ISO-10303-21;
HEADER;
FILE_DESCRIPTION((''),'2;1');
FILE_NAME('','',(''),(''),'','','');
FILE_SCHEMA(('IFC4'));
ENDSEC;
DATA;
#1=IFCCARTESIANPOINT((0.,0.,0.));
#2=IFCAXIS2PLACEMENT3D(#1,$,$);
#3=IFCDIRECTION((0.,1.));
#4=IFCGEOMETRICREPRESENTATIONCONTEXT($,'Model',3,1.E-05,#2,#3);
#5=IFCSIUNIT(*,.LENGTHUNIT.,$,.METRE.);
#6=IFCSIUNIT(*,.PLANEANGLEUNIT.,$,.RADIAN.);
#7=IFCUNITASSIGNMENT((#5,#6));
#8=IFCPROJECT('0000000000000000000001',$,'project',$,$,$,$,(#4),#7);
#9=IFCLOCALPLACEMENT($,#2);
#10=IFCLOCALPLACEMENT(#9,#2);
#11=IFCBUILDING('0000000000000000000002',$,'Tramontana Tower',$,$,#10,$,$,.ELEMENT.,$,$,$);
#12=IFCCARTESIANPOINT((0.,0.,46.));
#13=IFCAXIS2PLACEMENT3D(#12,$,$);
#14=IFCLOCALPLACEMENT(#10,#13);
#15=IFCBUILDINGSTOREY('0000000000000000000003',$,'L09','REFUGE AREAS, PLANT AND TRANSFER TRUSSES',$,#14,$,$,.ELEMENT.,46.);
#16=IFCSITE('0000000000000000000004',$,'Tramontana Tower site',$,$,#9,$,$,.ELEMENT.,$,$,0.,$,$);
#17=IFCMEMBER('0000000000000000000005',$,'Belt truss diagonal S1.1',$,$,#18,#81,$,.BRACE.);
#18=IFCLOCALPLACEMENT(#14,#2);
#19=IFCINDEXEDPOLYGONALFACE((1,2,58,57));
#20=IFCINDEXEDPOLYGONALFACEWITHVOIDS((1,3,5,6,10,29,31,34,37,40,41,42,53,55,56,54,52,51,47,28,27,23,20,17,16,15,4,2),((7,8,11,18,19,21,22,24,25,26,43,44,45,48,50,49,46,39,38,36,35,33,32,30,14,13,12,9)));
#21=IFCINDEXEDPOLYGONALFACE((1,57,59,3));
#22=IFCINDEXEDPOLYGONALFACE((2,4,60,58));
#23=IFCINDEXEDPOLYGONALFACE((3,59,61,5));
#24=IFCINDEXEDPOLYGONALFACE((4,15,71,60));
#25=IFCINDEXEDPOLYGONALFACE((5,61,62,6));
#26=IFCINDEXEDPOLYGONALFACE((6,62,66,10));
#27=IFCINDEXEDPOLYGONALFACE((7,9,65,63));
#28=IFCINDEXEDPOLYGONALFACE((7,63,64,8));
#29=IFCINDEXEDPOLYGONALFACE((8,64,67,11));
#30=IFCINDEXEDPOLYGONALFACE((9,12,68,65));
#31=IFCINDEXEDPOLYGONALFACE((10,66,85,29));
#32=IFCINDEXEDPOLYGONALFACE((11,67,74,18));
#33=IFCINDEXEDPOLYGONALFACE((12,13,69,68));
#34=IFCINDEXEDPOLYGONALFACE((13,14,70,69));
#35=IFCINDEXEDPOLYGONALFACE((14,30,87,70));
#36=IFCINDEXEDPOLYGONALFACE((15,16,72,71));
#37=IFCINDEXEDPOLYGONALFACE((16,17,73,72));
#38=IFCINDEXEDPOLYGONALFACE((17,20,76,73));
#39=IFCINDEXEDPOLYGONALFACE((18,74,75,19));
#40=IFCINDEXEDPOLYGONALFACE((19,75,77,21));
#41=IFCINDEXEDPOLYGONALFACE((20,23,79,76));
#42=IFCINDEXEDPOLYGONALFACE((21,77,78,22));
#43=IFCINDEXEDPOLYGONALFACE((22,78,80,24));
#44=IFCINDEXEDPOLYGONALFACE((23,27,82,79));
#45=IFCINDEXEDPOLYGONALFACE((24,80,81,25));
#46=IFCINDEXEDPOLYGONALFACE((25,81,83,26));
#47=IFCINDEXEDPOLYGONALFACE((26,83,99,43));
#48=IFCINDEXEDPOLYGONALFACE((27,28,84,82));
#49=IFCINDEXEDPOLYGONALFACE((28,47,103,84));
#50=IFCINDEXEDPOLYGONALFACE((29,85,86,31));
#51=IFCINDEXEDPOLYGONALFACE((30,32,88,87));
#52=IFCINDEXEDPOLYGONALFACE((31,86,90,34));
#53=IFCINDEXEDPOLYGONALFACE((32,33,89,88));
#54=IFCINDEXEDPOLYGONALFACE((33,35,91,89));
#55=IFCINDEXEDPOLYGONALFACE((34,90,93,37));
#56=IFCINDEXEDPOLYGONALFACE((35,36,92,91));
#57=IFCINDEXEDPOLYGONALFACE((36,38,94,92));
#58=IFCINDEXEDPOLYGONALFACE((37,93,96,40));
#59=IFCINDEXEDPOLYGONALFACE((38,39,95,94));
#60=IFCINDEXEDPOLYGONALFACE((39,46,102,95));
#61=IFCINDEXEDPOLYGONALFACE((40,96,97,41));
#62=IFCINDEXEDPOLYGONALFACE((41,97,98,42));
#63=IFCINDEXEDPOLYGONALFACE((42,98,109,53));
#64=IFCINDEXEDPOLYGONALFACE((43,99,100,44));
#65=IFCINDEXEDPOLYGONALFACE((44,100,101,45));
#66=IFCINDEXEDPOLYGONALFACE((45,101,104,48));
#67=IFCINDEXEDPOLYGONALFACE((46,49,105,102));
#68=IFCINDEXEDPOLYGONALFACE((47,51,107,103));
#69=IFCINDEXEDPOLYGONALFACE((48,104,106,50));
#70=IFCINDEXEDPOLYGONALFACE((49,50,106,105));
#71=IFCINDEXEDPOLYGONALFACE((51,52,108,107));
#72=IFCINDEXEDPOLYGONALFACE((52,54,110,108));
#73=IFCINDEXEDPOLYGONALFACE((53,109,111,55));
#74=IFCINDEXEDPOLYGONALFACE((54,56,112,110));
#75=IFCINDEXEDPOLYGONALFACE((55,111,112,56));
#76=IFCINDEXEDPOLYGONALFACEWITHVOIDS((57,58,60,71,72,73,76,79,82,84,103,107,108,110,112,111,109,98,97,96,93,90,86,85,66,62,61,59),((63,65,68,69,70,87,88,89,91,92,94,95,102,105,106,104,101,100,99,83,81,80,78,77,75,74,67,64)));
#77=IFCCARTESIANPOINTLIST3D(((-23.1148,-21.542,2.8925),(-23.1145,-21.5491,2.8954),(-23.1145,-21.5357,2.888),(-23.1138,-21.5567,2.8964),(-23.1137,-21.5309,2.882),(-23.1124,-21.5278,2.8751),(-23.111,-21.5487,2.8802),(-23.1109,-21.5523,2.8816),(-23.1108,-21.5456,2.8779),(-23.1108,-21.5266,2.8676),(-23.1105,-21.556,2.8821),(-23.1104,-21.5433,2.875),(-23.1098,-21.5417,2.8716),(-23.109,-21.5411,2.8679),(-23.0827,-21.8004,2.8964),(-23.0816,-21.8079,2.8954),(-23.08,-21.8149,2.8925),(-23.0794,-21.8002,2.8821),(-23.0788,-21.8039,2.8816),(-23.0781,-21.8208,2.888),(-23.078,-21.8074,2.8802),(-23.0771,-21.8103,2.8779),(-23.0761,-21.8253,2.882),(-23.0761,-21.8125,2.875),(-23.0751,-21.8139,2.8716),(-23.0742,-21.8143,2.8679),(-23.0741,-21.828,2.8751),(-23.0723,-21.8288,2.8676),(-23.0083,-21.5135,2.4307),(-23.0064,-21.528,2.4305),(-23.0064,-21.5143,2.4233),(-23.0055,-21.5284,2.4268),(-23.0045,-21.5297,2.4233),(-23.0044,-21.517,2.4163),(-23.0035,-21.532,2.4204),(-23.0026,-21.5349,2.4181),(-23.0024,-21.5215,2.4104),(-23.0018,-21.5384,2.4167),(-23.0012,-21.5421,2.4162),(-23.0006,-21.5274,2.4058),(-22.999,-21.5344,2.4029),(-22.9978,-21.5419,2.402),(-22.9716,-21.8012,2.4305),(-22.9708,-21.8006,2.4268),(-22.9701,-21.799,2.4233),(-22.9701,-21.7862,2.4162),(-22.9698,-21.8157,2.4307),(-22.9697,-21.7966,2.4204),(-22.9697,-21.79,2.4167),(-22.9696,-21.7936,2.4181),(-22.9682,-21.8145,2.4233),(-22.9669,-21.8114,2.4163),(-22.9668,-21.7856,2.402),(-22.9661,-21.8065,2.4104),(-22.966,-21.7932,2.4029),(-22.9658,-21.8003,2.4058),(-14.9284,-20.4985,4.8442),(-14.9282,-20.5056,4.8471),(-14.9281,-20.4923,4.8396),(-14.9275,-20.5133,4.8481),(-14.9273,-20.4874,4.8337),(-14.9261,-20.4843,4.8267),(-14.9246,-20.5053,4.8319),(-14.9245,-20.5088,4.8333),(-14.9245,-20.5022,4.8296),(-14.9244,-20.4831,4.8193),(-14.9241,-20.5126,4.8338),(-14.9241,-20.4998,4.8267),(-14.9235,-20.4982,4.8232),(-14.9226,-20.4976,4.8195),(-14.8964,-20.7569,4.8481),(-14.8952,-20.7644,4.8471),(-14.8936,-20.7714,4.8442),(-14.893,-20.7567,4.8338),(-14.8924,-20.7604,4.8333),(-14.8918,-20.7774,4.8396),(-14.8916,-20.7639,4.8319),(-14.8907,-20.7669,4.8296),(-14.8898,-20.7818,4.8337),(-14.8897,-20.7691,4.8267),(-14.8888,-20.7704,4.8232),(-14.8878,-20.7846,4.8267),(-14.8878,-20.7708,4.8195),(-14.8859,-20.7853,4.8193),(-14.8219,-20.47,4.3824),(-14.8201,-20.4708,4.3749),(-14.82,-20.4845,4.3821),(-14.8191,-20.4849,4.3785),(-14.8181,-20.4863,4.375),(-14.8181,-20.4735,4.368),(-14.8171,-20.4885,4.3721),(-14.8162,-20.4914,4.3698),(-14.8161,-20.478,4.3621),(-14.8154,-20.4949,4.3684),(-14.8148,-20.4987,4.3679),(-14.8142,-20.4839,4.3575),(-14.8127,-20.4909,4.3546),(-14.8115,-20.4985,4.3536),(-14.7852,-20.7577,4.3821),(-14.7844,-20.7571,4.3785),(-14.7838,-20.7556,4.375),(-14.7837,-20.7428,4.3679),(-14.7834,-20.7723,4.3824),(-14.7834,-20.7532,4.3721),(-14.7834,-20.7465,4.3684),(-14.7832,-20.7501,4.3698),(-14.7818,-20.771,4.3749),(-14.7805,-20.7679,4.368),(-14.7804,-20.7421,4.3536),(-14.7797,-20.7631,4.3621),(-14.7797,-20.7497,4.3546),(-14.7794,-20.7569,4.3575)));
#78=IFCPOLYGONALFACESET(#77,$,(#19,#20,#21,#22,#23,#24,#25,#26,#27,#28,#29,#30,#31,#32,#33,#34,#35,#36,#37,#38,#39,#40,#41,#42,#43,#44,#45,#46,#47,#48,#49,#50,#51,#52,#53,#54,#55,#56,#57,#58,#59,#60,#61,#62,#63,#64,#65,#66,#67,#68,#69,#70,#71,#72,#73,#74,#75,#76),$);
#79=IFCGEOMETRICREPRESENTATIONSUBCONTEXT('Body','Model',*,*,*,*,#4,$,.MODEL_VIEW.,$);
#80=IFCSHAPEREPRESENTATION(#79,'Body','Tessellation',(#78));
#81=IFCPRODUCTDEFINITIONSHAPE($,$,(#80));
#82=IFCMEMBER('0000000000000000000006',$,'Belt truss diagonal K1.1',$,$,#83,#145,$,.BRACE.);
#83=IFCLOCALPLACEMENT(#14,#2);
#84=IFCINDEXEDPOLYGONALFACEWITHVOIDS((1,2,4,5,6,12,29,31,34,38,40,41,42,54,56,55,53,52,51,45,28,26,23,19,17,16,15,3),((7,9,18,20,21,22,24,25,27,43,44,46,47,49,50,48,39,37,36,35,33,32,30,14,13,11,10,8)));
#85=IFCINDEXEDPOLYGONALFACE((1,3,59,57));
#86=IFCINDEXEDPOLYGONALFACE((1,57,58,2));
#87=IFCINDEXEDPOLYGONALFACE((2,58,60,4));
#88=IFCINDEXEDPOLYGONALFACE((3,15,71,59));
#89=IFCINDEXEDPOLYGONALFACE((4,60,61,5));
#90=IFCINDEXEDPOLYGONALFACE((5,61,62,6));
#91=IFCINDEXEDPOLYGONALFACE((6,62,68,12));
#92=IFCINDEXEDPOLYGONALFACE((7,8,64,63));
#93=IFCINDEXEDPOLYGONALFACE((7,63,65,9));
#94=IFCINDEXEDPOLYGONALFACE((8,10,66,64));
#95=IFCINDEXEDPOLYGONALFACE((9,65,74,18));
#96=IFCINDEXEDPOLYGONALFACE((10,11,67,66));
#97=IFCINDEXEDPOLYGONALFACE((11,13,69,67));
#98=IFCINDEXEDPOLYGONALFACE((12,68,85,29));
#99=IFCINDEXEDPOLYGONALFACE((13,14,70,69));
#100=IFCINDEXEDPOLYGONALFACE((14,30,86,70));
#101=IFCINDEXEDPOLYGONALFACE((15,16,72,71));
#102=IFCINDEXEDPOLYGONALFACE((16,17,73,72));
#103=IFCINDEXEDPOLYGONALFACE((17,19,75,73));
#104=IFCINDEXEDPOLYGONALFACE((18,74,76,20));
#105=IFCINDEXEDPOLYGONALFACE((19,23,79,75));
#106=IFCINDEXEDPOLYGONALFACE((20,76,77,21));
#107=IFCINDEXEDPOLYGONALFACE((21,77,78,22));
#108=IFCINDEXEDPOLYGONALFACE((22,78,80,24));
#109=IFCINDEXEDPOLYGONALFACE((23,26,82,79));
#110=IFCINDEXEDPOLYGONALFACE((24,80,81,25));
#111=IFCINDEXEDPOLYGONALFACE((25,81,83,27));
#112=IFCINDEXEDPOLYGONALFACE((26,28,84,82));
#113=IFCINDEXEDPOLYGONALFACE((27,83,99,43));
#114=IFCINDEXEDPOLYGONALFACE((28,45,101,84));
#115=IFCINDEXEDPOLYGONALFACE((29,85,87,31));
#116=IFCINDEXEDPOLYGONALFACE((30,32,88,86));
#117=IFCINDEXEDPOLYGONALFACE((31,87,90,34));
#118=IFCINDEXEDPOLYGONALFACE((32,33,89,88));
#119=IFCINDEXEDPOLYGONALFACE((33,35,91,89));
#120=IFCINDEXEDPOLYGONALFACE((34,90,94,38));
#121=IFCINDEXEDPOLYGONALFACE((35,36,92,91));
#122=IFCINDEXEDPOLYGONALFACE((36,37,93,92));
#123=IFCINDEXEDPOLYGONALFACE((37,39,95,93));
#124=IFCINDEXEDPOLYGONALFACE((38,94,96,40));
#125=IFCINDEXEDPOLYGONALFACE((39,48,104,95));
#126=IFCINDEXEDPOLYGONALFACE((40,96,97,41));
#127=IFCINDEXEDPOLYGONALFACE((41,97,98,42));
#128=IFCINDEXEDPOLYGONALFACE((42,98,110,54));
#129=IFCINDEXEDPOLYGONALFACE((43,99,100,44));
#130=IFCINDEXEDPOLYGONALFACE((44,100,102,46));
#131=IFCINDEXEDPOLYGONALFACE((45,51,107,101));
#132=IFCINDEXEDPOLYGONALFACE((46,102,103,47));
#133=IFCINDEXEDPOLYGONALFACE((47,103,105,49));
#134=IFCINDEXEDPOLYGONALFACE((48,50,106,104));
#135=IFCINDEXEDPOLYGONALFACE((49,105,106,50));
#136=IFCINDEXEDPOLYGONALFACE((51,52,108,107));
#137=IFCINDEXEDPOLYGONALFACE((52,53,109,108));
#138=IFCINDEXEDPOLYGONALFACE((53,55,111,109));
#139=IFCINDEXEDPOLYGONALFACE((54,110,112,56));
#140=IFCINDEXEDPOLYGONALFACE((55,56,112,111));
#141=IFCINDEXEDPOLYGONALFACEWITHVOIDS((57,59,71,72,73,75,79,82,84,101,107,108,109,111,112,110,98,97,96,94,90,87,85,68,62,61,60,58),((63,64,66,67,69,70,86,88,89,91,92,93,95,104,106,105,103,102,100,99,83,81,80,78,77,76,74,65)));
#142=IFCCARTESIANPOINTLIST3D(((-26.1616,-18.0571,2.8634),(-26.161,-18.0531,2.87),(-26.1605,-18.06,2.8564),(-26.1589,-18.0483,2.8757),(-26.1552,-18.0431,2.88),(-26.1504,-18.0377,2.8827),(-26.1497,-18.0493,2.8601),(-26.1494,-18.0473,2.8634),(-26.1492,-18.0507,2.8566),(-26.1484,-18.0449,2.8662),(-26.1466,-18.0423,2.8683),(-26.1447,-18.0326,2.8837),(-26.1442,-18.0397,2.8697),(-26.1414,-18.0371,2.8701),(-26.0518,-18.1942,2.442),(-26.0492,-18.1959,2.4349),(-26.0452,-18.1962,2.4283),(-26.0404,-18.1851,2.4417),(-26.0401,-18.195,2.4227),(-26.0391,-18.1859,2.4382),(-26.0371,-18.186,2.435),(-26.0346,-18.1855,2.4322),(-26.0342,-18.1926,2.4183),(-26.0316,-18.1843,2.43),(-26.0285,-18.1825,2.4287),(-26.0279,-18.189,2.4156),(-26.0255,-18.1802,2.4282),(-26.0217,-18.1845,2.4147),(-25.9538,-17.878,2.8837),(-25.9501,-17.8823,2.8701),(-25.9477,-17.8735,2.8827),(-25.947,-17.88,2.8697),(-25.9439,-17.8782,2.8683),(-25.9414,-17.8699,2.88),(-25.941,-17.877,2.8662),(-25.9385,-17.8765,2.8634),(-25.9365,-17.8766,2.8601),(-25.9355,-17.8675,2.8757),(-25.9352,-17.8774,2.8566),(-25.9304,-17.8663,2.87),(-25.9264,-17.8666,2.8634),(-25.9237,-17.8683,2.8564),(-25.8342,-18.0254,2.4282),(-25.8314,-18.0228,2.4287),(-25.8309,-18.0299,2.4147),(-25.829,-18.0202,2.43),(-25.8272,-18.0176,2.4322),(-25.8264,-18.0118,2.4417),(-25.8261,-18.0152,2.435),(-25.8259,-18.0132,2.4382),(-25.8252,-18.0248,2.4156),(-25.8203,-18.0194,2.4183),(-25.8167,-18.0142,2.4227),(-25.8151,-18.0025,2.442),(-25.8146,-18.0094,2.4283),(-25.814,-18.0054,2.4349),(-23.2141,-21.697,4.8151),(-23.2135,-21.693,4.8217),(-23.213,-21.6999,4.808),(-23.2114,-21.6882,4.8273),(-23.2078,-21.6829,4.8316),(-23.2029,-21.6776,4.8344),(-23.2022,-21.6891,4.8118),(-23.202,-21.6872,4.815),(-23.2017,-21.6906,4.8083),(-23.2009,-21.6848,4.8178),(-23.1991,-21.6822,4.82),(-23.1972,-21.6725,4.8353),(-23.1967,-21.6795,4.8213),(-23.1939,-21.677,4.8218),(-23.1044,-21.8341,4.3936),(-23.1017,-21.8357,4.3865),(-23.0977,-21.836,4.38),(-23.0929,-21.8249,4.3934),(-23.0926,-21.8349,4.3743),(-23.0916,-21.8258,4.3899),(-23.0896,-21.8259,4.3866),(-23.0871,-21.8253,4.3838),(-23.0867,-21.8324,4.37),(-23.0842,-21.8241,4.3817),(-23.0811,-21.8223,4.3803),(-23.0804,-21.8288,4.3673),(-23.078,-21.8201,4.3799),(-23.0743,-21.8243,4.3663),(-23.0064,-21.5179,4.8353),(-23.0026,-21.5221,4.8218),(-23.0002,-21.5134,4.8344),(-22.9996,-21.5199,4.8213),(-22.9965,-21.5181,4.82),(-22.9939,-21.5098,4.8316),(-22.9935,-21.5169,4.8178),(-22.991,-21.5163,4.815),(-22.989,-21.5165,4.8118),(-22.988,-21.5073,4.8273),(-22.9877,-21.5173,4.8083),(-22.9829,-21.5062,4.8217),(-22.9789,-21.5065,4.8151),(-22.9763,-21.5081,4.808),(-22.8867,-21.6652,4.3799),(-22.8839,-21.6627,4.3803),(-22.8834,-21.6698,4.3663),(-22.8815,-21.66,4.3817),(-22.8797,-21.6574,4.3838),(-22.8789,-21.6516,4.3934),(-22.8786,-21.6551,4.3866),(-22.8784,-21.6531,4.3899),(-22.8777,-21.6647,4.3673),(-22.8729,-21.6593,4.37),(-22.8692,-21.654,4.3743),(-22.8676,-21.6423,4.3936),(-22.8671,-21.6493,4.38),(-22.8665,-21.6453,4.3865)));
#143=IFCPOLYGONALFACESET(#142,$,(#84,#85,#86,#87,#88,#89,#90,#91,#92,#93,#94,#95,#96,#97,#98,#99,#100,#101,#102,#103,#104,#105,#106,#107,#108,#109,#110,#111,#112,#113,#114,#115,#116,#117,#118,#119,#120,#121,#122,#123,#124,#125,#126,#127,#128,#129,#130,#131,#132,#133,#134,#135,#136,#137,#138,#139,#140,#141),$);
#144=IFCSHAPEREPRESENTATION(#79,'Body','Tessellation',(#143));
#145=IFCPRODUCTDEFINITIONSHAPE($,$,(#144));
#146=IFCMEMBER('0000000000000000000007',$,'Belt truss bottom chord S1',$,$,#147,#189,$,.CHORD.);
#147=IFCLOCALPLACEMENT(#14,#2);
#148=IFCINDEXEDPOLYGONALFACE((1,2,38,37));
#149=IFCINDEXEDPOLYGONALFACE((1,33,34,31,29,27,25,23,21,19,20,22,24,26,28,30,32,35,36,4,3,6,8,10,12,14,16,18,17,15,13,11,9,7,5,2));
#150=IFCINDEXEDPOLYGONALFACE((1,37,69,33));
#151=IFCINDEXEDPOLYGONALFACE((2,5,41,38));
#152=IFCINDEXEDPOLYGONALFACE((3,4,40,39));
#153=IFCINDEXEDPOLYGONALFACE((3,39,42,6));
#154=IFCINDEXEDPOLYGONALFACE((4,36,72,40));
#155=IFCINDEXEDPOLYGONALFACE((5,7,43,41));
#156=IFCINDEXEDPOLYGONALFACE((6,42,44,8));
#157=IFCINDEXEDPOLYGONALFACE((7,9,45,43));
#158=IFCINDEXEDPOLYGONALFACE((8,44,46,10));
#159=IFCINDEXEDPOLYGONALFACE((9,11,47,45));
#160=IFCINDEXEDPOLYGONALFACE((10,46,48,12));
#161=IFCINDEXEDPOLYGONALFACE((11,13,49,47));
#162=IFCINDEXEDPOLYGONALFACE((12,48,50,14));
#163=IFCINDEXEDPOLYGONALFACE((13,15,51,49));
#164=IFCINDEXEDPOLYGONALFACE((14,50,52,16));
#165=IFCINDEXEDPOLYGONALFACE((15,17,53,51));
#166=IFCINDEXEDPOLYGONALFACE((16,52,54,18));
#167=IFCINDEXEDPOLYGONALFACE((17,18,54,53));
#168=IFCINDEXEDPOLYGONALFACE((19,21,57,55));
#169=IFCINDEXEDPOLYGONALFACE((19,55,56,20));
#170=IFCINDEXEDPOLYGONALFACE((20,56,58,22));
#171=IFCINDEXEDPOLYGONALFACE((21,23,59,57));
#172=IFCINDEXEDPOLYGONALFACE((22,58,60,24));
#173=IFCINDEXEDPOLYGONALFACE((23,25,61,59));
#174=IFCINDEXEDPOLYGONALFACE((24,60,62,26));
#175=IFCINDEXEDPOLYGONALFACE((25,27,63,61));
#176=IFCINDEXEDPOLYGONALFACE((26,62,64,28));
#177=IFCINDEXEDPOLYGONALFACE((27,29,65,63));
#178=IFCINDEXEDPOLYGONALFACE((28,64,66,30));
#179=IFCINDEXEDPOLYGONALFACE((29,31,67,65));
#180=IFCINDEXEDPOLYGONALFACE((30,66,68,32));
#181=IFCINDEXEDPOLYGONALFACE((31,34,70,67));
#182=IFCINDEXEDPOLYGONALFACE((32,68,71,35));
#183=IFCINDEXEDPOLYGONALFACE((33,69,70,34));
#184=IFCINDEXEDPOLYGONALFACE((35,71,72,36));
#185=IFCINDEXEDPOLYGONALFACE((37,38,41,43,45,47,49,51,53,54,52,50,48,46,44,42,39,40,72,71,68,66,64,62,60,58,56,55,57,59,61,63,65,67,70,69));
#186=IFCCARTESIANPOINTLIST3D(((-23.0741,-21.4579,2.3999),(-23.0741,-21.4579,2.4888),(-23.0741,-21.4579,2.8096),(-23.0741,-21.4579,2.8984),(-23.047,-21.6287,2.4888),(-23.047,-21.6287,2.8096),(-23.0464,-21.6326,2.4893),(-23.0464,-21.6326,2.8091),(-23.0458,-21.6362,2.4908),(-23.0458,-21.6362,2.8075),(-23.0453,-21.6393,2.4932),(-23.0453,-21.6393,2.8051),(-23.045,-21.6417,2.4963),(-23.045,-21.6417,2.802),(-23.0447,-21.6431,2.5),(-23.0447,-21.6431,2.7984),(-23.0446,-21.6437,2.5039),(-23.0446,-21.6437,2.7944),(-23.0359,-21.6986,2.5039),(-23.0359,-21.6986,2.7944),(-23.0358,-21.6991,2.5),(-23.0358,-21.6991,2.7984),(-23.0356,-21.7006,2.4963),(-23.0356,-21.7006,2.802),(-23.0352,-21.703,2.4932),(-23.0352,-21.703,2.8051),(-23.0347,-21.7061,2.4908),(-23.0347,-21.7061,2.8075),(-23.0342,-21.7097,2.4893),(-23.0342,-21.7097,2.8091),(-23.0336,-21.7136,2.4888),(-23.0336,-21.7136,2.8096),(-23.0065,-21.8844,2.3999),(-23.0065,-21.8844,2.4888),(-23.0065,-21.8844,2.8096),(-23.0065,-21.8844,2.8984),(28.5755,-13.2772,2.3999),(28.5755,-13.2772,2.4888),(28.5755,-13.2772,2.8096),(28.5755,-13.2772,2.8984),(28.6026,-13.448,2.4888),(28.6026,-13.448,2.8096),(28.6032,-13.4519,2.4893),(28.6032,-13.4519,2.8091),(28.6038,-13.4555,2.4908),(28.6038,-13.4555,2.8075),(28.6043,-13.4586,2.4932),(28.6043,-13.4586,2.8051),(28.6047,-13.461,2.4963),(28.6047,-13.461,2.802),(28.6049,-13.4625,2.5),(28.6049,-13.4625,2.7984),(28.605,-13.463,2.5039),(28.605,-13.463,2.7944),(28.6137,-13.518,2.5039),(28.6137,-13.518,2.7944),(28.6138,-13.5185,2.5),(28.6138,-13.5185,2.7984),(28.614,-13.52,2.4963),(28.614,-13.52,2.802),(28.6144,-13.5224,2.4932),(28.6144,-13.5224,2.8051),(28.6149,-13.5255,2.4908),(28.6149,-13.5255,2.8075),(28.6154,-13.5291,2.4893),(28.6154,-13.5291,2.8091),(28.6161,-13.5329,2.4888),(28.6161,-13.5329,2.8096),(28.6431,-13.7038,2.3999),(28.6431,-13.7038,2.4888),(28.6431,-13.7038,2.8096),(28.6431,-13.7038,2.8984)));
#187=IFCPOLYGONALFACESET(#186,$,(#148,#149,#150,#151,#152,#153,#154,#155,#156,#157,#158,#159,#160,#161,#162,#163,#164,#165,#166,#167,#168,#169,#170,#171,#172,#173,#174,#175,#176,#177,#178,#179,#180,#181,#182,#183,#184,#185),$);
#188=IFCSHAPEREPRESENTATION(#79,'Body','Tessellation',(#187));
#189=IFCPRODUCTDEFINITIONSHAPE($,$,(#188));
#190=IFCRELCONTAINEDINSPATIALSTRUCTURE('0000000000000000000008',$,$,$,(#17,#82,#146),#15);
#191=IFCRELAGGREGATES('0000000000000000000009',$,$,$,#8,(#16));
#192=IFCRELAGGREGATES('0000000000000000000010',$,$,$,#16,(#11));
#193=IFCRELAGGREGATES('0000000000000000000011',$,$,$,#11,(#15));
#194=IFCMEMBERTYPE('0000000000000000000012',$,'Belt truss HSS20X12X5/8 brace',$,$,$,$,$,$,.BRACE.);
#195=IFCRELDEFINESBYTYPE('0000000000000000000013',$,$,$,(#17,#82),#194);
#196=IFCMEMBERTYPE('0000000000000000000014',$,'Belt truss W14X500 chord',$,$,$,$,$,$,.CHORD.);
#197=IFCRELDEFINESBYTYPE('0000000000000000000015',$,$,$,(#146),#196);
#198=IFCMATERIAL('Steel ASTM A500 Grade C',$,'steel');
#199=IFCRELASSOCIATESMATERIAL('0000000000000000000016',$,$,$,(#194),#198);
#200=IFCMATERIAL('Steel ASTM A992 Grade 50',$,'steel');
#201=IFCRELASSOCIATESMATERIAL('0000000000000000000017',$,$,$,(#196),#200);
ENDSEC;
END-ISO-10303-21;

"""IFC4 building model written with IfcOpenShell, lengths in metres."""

from ifc_helpers import new_model, si_unit, direction, frame, origin, origin_2d, place, context, subcontext, project, spatial, hollow_rectangle, i_section, extrude, material, material_profile, profile_set, type_object, element, save


model = new_model("IFC4")

# Units and contexts
model_context = context("Model", 3, precision=1e-05, world=origin(), true_north=direction((0.0, 1.0)))
body_context = subcontext(model_context, "Body", "Model", "MODEL_VIEW")
ifc_project = project(units=[si_unit("LENGTHUNIT", "METRE"), si_unit("PLANEANGLEUNIT", "RADIAN")], contexts=[model_context])

# Site, building, storey
site_placement = place(None, origin())
site = spatial("IfcSite", under=ifc_project, at=site_placement, Name="Tramontana Tower site", CompositionType="ELEMENT", RefElevation=0.0)
building_placement = place(site_placement, origin())
building = spatial("IfcBuilding", under=site, at=building_placement, Name="Tramontana Tower", CompositionType="ELEMENT")
storey_placement = place(building_placement, frame((0.0, 0.0, 46.0)))
storey = spatial("IfcBuildingStorey", under=building, at=storey_placement, Name="L09", Description="REFUGE AREAS, PLANT AND TRANSFER TRUSSES", CompositionType="ELEMENT", Elevation=46.0)

# Members
ifc_material_1 = material(Name="Steel ASTM A500 Grade C", Category="steel")
ifc_material_profile_1 = material_profile(ifc_material_1, hollow_rectangle(XDim=0.3047, YDim=0.5081, WallThickness=0.0146, InnerFilletRadius=0.0146, OuterFilletRadius=0.0295, at=origin_2d()), Name="HSS20X12X5/8")
ifc_profile_set_1 = profile_set([ifc_material_profile_1], Name="Steel ASTM A500 Grade C")
member_type_1 = type_object("IfcMemberType", Name="Belt truss HSS20X12X5/8 brace", PredefinedType="BRACE", material=ifc_profile_set_1)
member_1_placement = place(storey_placement, frame((-23.0403, -21.6711, 2.6492), z_axis=(0.965346, 0.123047, 0.230145), x_axis=(-0.126441, 0.991974, 0.0)))
element("IfcMember", 1, at=member_1_placement, inside=storey, type_object=member_type_1, Name="Belt truss diagonal S1.1", PredefinedType="BRACE", context=body_context, shape_type="SweptSolid", body=[
    extrude(hollow_rectangle(XDim=0.3047, YDim=0.5081, WallThickness=0.0146, InnerFilletRadius=0.0146, OuterFilletRadius=0.0295, at=origin_2d()), origin(), (0.0, 0.0, 1.0), 8.4802),
])
member_2_placement = place(storey_placement, frame((-25.9878, -18.0312, 2.6492), z_axis=(0.580903, -0.71736, 0.384638), x_axis=(0.777148, 0.629318, 0.0)))
element("IfcMember", 2, at=member_2_placement, inside=storey, type_object=member_type_1, Name="Belt truss diagonal K1.1", PredefinedType="BRACE", context=body_context, shape_type="SweptSolid", body=[
    extrude(hollow_rectangle(XDim=0.3047, YDim=0.5081, WallThickness=0.0146, InnerFilletRadius=0.0146, OuterFilletRadius=0.0295, at=origin_2d()), origin(), (0.0, 0.0, 1.0), 5.074),
])
ifc_material_2 = material(Name="Steel ASTM A992 Grade 50", Category="steel")
ifc_material_profile_2 = material_profile(ifc_material_2, i_section(OverallWidth=0.4319, OverallDepth=0.4985, WebThickness=0.0557, FlangeThickness=0.0889, FilletRadius=0.0151, at=origin_2d()), Name="W14X500")
ifc_profile_set_2 = profile_set([ifc_material_profile_2], Name="Steel ASTM A992 Grade 50")
member_type_2 = type_object("IfcMemberType", Name="Belt truss W14X500 chord", PredefinedType="CHORD", material=ifc_profile_set_2)
for number, where, z_axis, x_axis, name in (
    (3, (-23.0403, -21.6711, 2.6492), (0.987688, 0.156437, 0.0), (-0.156437, 0.987688, 0.0), "Belt truss bottom chord S1"),
):
    element("IfcMember", number, at=place(storey_placement, frame(where, z_axis=z_axis, x_axis=x_axis)), inside=storey, type_object=member_type_2, Name=name, PredefinedType="CHORD", context=body_context, shape_type="SweptSolid", body=[
        extrude(i_section(OverallWidth=0.4319, OverallDepth=0.4985, WebThickness=0.0557, FlangeThickness=0.0889, FilletRadius=0.0151, at=origin_2d()), origin(), (0.0, 0.0, 1.0), 52.2935),
    ])

save(model, "model.ifc")
